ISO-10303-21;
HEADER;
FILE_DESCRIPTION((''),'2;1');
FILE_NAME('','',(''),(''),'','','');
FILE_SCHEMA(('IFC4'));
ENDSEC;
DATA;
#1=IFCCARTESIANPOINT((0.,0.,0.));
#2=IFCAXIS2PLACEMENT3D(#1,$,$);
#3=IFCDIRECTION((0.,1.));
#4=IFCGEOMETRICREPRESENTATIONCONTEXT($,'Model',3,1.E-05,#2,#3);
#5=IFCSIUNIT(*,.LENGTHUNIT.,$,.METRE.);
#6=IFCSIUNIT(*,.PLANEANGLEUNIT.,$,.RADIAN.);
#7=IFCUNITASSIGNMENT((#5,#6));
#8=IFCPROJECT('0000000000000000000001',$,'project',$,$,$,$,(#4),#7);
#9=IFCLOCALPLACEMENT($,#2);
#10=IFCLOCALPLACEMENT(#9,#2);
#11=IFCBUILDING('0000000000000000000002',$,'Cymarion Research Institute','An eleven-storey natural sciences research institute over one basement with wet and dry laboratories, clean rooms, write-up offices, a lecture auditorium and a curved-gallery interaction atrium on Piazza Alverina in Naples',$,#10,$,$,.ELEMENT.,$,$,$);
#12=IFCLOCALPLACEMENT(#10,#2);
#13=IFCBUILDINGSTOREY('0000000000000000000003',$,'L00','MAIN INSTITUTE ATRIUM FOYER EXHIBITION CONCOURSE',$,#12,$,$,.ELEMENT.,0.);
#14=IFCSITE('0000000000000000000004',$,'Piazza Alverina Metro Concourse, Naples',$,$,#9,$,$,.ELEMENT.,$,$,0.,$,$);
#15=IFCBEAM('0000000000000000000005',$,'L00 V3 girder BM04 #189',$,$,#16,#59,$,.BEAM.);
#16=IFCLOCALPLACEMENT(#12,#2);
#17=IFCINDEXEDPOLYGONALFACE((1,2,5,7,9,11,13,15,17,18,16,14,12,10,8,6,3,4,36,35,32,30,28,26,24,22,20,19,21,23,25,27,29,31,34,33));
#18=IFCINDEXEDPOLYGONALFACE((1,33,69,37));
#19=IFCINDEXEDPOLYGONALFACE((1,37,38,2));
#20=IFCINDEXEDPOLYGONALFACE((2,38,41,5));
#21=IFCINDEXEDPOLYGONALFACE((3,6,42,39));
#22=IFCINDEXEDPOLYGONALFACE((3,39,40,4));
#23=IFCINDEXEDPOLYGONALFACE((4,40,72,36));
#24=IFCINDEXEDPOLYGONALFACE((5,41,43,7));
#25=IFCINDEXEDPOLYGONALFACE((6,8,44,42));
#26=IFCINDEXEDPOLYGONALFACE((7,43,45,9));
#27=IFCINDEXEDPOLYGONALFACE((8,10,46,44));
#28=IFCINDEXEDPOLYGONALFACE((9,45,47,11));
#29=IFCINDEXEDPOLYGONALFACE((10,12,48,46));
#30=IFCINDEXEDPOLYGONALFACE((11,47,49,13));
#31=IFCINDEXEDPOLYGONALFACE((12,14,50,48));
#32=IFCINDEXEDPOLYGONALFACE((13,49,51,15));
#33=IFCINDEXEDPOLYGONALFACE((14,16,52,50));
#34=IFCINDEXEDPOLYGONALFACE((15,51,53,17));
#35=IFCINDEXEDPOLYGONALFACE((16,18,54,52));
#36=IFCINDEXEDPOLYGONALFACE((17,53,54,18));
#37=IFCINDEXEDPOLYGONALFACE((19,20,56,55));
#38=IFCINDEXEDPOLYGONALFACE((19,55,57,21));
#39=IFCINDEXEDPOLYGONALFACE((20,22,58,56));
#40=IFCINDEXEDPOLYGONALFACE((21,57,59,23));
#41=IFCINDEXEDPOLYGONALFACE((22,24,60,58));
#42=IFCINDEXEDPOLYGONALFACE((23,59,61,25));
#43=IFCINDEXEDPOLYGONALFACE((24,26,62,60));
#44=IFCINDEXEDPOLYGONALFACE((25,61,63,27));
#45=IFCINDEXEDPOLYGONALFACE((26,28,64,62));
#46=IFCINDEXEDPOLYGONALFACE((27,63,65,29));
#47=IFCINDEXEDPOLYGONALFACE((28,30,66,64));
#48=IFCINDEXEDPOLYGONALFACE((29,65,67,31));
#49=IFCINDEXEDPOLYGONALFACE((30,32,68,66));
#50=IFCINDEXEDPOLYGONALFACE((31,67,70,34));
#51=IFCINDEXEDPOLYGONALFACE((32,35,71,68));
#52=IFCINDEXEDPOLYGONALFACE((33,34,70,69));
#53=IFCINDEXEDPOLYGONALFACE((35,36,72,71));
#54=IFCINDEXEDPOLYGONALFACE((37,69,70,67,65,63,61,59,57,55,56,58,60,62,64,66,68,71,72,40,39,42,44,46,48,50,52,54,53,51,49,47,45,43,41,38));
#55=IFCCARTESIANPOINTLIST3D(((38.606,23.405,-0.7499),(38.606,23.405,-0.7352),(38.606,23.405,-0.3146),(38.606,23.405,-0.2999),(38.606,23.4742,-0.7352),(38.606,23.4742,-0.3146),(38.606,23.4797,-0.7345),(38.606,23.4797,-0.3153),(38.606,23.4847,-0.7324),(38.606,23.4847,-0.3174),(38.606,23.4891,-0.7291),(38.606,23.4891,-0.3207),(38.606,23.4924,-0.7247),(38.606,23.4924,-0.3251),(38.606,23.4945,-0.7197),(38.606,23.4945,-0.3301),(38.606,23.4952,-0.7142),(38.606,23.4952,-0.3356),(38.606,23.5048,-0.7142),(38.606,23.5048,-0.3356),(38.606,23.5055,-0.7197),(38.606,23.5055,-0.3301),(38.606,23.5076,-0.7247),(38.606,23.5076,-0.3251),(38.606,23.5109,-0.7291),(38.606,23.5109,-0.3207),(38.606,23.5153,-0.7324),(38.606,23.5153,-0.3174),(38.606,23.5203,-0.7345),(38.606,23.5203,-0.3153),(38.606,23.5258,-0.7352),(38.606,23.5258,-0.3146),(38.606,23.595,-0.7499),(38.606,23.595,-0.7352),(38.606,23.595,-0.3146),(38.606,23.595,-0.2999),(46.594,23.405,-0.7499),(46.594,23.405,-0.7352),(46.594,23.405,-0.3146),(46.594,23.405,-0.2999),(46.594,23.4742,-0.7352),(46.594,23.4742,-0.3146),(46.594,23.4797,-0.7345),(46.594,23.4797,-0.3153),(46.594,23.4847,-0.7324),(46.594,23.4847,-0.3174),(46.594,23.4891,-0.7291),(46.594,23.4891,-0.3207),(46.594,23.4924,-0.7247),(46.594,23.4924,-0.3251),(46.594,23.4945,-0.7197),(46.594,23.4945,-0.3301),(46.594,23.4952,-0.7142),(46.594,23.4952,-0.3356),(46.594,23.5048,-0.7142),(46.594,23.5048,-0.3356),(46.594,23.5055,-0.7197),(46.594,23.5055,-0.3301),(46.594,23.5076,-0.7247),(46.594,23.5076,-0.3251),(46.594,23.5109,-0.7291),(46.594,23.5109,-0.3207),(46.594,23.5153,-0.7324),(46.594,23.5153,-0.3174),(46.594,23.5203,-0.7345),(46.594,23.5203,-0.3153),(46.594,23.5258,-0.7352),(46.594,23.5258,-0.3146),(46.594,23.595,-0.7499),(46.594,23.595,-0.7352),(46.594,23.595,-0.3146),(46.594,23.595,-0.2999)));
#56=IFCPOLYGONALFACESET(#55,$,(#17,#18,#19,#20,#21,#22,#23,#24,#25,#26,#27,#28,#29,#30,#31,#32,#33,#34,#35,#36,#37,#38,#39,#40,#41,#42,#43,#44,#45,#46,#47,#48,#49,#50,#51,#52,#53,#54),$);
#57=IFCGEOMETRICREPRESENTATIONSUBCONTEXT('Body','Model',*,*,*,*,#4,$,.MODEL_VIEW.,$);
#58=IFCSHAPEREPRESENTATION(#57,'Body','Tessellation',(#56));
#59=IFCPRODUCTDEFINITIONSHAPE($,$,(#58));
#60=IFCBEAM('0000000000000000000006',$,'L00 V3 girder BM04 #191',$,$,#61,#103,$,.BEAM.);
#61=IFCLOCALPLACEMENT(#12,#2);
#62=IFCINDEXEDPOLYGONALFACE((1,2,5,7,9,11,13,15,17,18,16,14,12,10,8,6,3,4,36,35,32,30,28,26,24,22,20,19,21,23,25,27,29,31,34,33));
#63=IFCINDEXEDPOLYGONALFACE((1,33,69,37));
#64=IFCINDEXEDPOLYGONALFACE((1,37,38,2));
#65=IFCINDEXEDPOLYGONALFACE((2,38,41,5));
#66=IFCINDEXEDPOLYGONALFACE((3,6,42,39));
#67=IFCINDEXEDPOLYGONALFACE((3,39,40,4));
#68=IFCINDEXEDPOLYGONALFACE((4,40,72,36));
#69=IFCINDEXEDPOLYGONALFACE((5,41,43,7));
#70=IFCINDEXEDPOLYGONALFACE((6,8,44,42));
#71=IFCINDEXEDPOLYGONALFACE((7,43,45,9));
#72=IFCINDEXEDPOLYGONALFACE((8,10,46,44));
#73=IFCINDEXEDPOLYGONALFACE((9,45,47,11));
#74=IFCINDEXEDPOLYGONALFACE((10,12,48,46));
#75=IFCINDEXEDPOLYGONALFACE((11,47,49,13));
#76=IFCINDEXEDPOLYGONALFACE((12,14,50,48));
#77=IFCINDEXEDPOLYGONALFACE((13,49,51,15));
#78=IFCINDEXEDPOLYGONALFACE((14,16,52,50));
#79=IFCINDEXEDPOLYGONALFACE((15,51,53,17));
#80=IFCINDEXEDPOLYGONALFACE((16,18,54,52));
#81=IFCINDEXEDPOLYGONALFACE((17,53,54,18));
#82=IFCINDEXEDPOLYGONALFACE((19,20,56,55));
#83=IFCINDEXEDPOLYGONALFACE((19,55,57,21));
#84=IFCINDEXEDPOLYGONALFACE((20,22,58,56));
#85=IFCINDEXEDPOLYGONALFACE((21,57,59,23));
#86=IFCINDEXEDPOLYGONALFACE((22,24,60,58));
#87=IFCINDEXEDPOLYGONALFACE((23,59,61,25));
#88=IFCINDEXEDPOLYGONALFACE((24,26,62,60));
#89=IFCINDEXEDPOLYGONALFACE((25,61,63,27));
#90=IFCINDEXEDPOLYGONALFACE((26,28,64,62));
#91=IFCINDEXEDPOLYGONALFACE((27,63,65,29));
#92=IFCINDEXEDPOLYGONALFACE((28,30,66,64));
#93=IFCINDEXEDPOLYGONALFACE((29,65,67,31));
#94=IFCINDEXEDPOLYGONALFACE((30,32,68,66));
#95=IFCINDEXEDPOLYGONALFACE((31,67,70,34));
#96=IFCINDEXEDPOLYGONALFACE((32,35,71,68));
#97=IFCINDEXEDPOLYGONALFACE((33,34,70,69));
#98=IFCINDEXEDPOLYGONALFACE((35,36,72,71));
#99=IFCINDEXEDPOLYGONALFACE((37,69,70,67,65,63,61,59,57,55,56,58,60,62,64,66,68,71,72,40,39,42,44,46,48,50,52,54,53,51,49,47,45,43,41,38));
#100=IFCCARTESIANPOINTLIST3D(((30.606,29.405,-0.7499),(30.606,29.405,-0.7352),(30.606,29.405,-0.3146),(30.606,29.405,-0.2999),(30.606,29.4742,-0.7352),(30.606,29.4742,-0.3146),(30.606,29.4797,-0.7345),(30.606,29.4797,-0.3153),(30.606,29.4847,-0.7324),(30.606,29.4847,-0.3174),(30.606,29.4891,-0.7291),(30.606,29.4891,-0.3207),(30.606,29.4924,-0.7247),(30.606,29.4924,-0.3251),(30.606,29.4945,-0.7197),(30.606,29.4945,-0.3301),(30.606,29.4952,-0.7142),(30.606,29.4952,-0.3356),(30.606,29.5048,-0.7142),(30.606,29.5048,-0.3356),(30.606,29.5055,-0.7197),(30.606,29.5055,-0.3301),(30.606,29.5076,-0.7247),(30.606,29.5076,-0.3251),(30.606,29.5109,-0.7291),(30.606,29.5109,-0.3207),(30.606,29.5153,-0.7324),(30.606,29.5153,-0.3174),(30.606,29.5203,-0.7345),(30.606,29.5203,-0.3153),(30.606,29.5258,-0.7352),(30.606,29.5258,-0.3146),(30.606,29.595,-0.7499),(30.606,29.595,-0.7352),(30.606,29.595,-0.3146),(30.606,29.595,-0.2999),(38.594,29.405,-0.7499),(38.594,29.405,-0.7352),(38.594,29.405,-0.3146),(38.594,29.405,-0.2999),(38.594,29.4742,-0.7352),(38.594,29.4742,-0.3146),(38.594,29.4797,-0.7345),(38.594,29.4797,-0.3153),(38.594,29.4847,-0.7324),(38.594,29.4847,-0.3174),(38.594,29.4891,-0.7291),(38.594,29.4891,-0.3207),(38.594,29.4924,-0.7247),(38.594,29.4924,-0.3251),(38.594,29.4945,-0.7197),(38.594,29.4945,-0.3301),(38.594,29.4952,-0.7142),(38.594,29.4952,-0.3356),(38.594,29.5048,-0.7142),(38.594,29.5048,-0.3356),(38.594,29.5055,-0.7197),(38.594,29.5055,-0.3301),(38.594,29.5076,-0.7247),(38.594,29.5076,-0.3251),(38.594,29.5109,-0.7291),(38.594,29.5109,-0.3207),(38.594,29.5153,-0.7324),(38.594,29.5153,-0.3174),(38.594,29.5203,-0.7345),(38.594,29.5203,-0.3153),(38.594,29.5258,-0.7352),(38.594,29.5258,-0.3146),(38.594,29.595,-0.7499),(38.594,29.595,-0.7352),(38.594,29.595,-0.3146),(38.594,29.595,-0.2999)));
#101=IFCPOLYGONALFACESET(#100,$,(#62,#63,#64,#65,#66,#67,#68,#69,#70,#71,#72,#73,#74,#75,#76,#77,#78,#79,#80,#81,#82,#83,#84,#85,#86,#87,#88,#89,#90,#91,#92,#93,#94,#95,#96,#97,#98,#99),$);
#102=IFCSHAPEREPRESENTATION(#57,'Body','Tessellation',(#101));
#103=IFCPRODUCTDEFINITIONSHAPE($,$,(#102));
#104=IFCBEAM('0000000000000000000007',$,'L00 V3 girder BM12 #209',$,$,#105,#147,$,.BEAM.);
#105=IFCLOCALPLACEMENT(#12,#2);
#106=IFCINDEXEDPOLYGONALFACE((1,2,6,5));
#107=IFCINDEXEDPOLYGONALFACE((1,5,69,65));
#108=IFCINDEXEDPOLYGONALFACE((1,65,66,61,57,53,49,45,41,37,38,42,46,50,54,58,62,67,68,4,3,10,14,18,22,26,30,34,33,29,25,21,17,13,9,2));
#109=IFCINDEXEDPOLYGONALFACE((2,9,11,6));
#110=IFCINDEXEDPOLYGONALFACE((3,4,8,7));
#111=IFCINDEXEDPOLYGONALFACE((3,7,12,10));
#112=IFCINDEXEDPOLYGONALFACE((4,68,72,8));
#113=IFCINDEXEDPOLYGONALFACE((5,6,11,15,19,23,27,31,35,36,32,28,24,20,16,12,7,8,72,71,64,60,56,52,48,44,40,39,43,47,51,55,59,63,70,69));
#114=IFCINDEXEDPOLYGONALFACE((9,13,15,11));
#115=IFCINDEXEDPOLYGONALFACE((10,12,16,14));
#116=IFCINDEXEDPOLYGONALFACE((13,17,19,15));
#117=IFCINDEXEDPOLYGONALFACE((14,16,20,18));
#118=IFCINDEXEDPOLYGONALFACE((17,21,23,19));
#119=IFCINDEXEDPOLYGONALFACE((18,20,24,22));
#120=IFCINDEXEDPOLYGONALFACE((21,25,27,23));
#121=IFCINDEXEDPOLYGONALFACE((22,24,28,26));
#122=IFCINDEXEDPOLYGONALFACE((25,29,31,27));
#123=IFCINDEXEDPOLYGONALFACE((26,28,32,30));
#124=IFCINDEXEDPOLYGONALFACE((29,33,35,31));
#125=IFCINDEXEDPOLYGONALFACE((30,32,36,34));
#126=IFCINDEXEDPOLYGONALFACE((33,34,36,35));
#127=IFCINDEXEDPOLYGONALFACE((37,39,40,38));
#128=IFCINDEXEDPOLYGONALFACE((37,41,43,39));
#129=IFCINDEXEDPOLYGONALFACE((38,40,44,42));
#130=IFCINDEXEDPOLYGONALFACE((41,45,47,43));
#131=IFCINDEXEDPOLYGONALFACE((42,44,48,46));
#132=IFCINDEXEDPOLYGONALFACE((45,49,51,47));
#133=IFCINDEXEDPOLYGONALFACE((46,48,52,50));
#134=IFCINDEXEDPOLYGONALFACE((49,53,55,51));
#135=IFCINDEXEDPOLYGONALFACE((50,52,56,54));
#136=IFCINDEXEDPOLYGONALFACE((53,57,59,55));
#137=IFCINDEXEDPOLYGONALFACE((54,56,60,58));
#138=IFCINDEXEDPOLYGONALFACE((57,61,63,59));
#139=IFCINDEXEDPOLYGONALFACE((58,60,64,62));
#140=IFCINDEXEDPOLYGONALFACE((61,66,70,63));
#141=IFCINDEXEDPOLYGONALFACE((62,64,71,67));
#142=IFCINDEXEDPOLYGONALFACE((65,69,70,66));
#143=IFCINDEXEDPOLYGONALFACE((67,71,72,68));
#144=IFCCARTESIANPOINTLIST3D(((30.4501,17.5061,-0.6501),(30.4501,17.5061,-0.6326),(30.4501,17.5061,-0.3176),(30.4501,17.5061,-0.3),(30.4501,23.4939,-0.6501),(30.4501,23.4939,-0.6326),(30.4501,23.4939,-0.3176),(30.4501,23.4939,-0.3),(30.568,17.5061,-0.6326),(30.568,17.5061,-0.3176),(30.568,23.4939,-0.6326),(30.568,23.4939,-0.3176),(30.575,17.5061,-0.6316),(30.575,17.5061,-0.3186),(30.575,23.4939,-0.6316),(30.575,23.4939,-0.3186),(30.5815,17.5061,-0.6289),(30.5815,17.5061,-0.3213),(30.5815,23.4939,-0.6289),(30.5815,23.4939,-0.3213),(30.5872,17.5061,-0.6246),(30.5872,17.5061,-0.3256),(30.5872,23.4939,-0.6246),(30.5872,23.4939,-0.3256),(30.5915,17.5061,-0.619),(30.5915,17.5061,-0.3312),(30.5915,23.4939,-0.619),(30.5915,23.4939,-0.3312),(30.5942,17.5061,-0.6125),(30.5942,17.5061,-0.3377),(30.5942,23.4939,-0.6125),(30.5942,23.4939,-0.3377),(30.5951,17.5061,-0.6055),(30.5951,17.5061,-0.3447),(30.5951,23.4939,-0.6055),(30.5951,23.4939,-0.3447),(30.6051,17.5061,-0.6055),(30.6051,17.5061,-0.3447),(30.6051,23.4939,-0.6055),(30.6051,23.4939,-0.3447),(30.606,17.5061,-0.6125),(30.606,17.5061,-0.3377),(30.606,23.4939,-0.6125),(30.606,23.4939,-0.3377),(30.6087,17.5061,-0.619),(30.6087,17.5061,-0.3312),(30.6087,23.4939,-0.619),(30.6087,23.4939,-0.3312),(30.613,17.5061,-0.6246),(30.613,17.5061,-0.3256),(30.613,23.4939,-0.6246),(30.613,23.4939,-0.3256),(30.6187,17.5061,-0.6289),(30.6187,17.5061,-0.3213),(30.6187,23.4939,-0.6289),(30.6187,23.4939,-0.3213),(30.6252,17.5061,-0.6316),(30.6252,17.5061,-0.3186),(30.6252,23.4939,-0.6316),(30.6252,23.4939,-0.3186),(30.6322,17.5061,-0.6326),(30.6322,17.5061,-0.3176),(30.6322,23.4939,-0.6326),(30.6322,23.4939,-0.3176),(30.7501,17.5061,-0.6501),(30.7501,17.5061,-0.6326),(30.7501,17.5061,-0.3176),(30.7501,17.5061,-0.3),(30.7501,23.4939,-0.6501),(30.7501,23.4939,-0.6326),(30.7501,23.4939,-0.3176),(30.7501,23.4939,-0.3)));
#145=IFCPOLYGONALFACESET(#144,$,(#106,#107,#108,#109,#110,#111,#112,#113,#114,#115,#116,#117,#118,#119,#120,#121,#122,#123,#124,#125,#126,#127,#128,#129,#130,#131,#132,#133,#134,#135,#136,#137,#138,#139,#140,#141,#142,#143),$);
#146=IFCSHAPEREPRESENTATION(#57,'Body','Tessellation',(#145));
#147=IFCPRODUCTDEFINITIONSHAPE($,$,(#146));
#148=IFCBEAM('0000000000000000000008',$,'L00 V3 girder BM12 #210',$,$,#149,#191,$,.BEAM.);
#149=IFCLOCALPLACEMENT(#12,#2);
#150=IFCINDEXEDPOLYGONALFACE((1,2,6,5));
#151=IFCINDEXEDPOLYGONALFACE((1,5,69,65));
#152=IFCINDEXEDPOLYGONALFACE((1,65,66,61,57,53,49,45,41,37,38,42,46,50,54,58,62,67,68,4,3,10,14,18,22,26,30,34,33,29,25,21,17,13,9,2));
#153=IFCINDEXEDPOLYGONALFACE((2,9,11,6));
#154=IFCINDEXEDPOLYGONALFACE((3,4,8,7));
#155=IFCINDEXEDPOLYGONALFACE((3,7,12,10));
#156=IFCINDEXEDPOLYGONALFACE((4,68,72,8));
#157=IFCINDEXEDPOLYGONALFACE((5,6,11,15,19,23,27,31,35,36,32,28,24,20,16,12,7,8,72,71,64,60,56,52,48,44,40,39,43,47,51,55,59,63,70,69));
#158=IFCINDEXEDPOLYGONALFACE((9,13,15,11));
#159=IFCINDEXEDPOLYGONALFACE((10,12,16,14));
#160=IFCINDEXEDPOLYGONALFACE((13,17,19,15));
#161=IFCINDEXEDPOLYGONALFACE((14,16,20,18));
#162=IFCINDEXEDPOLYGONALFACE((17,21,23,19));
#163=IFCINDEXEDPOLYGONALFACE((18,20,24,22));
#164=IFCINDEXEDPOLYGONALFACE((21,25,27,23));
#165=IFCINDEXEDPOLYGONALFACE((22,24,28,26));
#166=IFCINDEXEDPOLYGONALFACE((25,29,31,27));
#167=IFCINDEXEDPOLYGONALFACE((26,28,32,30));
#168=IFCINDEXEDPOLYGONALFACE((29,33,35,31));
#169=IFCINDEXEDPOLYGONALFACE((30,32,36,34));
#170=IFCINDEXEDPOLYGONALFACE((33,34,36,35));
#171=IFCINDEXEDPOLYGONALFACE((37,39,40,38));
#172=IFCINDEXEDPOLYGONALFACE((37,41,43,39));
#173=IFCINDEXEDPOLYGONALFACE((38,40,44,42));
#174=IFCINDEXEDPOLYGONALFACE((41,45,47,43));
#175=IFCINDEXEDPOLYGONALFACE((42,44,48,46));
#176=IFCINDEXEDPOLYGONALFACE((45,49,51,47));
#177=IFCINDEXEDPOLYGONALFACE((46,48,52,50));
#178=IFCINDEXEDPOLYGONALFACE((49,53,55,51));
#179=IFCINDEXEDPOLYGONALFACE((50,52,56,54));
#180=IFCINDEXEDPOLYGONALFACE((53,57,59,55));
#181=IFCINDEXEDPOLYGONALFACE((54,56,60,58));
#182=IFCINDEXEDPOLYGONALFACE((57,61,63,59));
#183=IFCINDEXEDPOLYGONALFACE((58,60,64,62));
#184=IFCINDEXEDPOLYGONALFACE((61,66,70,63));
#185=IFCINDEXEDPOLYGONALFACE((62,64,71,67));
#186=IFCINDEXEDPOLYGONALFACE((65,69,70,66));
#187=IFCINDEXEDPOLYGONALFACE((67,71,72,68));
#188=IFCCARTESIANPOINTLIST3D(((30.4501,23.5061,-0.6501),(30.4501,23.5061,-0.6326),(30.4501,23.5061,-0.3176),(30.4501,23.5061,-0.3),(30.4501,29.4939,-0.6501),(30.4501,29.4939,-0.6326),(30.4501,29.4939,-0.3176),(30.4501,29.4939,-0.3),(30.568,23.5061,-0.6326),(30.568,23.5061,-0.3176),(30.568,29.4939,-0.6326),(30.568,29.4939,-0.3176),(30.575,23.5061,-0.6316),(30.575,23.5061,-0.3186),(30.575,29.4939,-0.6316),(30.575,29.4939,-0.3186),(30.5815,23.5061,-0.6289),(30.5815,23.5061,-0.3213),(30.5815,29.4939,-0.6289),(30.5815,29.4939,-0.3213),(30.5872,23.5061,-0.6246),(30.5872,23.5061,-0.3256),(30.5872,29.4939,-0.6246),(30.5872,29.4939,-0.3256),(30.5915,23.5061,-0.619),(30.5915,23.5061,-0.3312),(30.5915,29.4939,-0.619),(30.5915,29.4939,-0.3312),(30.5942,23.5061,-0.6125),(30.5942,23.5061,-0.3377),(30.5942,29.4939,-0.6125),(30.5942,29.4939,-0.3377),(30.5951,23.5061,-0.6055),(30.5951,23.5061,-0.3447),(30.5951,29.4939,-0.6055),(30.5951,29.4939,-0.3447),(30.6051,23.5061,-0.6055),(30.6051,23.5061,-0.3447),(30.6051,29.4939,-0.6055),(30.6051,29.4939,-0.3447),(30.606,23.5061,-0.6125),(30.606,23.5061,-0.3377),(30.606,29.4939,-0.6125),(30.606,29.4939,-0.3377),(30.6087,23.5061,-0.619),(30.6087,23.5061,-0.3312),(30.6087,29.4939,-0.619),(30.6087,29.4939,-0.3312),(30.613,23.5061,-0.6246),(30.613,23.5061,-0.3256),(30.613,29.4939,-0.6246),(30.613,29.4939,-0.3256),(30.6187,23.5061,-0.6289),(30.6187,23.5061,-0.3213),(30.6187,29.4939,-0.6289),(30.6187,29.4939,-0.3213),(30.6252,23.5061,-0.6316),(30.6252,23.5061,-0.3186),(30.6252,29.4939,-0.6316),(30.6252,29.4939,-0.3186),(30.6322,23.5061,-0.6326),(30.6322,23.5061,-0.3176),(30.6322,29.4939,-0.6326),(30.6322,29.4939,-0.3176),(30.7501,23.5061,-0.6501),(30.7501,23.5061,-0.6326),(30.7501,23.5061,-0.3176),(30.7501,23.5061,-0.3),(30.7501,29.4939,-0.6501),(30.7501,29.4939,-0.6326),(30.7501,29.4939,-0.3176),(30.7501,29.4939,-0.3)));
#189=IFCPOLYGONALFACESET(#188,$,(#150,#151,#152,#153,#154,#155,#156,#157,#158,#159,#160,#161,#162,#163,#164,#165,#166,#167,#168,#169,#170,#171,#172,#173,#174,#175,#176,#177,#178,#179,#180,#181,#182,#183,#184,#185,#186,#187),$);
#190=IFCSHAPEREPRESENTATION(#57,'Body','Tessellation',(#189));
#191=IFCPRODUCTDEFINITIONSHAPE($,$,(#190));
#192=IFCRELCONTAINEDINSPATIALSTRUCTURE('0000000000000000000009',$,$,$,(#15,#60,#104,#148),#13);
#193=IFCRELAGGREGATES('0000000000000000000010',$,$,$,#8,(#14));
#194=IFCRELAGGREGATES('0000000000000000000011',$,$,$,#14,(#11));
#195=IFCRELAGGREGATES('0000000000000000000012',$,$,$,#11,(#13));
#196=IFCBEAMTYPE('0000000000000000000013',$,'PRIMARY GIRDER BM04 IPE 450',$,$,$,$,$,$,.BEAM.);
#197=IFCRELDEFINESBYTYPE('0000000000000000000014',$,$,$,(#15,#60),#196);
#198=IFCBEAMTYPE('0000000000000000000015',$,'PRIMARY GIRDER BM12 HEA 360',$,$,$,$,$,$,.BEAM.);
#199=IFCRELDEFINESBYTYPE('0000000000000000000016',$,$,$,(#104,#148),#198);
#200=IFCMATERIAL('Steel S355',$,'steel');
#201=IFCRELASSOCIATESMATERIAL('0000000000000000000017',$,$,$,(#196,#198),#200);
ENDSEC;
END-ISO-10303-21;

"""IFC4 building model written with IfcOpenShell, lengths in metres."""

from ifc_helpers import new_model, si_unit, direction, frame, origin, origin_2d, place, context, subcontext, project, spatial, i_section, extrude, material, material_profile, profile_set, type_object, element, save


model = new_model("IFC4")

# Units and contexts
model_context = context("Model", 3, precision=1e-05, world=origin(), true_north=direction((0.0, 1.0)))
body_context = subcontext(model_context, "Body", "Model", "MODEL_VIEW")
ifc_project = project(units=[si_unit("LENGTHUNIT", "METRE"), si_unit("PLANEANGLEUNIT", "RADIAN")], contexts=[model_context])

# Site, building, storey
site_placement = place(None, origin())
site = spatial("IfcSite", under=ifc_project, at=site_placement, Name="Piazza Alverina Metro Concourse, Naples", CompositionType="ELEMENT", RefElevation=0.0)
building_placement = place(site_placement, origin())
building = spatial("IfcBuilding", under=site, at=building_placement, Name="Cymarion Research Institute", Description="An eleven-storey natural sciences research institute over one basement with wet and dry laboratories, clean rooms, write-up offices, a lecture auditorium and a curved-gallery interaction atrium on Piazza Alverina in Naples", CompositionType="ELEMENT")
storey_placement = place(building_placement, origin())
storey = spatial("IfcBuildingStorey", under=building, at=storey_placement, Name="L00", Description="MAIN INSTITUTE ATRIUM FOYER EXHIBITION CONCOURSE", CompositionType="ELEMENT", Elevation=0.0)

# Shared definitions
ifc_material_1 = material(Name="Steel S355", Category="steel")

# Beams
ifc_material_profile_1 = material_profile(ifc_material_1, i_section(OverallWidth=0.1899, OverallDepth=0.45, WebThickness=0.0095, FlangeThickness=0.0146, FilletRadius=0.021, at=origin_2d()), Name="IPE 450")
ifc_profile_set_1 = profile_set([ifc_material_profile_1], Name="Steel S355")
beam_type_1 = type_object("IfcBeamType", Name="PRIMARY GIRDER BM04 IPE 450", PredefinedType="BEAM", material=ifc_profile_set_1)
for number, where, z_axis, x_axis, name in (
    (1, (38.606, 23.5, -0.5249), (1.0, 0.0, 0.0), (0.0, 1.0, 0.0), "L00 V3 girder BM04 #189"),
    (2, (30.606, 29.5, -0.5249), (1.0, 0.0, 0.0), (0.0, 1.0, 0.0), "L00 V3 girder BM04 #191"),
):
    element("IfcBeam", number, at=place(storey_placement, frame(where, z_axis=z_axis, x_axis=x_axis)), inside=storey, type_object=beam_type_1, Name=name, PredefinedType="BEAM", context=body_context, shape_type="SweptSolid", body=[
        extrude(i_section(OverallWidth=0.1899, OverallDepth=0.45, WebThickness=0.0095, FlangeThickness=0.0146, FilletRadius=0.021, at=origin_2d()), origin(), (0.0, 0.0, 1.0), 7.988),
    ])
ifc_material_profile_2 = material_profile(ifc_material_1, i_section(OverallWidth=0.3, OverallDepth=0.3501, WebThickness=0.01, FlangeThickness=0.0176, FilletRadius=0.0271, at=origin_2d()), Name="HEA 360")
ifc_profile_set_2 = profile_set([ifc_material_profile_2], Name="Steel S355")
beam_type_2 = type_object("IfcBeamType", Name="PRIMARY GIRDER BM12 HEA 360", PredefinedType="BEAM", material=ifc_profile_set_2)
for number, where, z_axis, x_axis, name in (
    (3, (30.6001, 17.5061, -0.4751), (0.0, 1.0, 0.0), (-1.0, 0.0, 0.0), "L00 V3 girder BM12 #209"),
    (4, (30.6001, 23.5061, -0.4751), (0.0, 1.0, 0.0), (-1.0, 0.0, 0.0), "L00 V3 girder BM12 #210"),
):
    element("IfcBeam", number, at=place(storey_placement, frame(where, z_axis=z_axis, x_axis=x_axis)), inside=storey, type_object=beam_type_2, Name=name, PredefinedType="BEAM", context=body_context, shape_type="SweptSolid", body=[
        extrude(i_section(OverallWidth=0.3, OverallDepth=0.3501, WebThickness=0.01, FlangeThickness=0.0176, FilletRadius=0.0271, at=origin_2d()), origin(), (0.0, 0.0, 1.0), 5.9878),
    ])

save(model, "model.ifc")
